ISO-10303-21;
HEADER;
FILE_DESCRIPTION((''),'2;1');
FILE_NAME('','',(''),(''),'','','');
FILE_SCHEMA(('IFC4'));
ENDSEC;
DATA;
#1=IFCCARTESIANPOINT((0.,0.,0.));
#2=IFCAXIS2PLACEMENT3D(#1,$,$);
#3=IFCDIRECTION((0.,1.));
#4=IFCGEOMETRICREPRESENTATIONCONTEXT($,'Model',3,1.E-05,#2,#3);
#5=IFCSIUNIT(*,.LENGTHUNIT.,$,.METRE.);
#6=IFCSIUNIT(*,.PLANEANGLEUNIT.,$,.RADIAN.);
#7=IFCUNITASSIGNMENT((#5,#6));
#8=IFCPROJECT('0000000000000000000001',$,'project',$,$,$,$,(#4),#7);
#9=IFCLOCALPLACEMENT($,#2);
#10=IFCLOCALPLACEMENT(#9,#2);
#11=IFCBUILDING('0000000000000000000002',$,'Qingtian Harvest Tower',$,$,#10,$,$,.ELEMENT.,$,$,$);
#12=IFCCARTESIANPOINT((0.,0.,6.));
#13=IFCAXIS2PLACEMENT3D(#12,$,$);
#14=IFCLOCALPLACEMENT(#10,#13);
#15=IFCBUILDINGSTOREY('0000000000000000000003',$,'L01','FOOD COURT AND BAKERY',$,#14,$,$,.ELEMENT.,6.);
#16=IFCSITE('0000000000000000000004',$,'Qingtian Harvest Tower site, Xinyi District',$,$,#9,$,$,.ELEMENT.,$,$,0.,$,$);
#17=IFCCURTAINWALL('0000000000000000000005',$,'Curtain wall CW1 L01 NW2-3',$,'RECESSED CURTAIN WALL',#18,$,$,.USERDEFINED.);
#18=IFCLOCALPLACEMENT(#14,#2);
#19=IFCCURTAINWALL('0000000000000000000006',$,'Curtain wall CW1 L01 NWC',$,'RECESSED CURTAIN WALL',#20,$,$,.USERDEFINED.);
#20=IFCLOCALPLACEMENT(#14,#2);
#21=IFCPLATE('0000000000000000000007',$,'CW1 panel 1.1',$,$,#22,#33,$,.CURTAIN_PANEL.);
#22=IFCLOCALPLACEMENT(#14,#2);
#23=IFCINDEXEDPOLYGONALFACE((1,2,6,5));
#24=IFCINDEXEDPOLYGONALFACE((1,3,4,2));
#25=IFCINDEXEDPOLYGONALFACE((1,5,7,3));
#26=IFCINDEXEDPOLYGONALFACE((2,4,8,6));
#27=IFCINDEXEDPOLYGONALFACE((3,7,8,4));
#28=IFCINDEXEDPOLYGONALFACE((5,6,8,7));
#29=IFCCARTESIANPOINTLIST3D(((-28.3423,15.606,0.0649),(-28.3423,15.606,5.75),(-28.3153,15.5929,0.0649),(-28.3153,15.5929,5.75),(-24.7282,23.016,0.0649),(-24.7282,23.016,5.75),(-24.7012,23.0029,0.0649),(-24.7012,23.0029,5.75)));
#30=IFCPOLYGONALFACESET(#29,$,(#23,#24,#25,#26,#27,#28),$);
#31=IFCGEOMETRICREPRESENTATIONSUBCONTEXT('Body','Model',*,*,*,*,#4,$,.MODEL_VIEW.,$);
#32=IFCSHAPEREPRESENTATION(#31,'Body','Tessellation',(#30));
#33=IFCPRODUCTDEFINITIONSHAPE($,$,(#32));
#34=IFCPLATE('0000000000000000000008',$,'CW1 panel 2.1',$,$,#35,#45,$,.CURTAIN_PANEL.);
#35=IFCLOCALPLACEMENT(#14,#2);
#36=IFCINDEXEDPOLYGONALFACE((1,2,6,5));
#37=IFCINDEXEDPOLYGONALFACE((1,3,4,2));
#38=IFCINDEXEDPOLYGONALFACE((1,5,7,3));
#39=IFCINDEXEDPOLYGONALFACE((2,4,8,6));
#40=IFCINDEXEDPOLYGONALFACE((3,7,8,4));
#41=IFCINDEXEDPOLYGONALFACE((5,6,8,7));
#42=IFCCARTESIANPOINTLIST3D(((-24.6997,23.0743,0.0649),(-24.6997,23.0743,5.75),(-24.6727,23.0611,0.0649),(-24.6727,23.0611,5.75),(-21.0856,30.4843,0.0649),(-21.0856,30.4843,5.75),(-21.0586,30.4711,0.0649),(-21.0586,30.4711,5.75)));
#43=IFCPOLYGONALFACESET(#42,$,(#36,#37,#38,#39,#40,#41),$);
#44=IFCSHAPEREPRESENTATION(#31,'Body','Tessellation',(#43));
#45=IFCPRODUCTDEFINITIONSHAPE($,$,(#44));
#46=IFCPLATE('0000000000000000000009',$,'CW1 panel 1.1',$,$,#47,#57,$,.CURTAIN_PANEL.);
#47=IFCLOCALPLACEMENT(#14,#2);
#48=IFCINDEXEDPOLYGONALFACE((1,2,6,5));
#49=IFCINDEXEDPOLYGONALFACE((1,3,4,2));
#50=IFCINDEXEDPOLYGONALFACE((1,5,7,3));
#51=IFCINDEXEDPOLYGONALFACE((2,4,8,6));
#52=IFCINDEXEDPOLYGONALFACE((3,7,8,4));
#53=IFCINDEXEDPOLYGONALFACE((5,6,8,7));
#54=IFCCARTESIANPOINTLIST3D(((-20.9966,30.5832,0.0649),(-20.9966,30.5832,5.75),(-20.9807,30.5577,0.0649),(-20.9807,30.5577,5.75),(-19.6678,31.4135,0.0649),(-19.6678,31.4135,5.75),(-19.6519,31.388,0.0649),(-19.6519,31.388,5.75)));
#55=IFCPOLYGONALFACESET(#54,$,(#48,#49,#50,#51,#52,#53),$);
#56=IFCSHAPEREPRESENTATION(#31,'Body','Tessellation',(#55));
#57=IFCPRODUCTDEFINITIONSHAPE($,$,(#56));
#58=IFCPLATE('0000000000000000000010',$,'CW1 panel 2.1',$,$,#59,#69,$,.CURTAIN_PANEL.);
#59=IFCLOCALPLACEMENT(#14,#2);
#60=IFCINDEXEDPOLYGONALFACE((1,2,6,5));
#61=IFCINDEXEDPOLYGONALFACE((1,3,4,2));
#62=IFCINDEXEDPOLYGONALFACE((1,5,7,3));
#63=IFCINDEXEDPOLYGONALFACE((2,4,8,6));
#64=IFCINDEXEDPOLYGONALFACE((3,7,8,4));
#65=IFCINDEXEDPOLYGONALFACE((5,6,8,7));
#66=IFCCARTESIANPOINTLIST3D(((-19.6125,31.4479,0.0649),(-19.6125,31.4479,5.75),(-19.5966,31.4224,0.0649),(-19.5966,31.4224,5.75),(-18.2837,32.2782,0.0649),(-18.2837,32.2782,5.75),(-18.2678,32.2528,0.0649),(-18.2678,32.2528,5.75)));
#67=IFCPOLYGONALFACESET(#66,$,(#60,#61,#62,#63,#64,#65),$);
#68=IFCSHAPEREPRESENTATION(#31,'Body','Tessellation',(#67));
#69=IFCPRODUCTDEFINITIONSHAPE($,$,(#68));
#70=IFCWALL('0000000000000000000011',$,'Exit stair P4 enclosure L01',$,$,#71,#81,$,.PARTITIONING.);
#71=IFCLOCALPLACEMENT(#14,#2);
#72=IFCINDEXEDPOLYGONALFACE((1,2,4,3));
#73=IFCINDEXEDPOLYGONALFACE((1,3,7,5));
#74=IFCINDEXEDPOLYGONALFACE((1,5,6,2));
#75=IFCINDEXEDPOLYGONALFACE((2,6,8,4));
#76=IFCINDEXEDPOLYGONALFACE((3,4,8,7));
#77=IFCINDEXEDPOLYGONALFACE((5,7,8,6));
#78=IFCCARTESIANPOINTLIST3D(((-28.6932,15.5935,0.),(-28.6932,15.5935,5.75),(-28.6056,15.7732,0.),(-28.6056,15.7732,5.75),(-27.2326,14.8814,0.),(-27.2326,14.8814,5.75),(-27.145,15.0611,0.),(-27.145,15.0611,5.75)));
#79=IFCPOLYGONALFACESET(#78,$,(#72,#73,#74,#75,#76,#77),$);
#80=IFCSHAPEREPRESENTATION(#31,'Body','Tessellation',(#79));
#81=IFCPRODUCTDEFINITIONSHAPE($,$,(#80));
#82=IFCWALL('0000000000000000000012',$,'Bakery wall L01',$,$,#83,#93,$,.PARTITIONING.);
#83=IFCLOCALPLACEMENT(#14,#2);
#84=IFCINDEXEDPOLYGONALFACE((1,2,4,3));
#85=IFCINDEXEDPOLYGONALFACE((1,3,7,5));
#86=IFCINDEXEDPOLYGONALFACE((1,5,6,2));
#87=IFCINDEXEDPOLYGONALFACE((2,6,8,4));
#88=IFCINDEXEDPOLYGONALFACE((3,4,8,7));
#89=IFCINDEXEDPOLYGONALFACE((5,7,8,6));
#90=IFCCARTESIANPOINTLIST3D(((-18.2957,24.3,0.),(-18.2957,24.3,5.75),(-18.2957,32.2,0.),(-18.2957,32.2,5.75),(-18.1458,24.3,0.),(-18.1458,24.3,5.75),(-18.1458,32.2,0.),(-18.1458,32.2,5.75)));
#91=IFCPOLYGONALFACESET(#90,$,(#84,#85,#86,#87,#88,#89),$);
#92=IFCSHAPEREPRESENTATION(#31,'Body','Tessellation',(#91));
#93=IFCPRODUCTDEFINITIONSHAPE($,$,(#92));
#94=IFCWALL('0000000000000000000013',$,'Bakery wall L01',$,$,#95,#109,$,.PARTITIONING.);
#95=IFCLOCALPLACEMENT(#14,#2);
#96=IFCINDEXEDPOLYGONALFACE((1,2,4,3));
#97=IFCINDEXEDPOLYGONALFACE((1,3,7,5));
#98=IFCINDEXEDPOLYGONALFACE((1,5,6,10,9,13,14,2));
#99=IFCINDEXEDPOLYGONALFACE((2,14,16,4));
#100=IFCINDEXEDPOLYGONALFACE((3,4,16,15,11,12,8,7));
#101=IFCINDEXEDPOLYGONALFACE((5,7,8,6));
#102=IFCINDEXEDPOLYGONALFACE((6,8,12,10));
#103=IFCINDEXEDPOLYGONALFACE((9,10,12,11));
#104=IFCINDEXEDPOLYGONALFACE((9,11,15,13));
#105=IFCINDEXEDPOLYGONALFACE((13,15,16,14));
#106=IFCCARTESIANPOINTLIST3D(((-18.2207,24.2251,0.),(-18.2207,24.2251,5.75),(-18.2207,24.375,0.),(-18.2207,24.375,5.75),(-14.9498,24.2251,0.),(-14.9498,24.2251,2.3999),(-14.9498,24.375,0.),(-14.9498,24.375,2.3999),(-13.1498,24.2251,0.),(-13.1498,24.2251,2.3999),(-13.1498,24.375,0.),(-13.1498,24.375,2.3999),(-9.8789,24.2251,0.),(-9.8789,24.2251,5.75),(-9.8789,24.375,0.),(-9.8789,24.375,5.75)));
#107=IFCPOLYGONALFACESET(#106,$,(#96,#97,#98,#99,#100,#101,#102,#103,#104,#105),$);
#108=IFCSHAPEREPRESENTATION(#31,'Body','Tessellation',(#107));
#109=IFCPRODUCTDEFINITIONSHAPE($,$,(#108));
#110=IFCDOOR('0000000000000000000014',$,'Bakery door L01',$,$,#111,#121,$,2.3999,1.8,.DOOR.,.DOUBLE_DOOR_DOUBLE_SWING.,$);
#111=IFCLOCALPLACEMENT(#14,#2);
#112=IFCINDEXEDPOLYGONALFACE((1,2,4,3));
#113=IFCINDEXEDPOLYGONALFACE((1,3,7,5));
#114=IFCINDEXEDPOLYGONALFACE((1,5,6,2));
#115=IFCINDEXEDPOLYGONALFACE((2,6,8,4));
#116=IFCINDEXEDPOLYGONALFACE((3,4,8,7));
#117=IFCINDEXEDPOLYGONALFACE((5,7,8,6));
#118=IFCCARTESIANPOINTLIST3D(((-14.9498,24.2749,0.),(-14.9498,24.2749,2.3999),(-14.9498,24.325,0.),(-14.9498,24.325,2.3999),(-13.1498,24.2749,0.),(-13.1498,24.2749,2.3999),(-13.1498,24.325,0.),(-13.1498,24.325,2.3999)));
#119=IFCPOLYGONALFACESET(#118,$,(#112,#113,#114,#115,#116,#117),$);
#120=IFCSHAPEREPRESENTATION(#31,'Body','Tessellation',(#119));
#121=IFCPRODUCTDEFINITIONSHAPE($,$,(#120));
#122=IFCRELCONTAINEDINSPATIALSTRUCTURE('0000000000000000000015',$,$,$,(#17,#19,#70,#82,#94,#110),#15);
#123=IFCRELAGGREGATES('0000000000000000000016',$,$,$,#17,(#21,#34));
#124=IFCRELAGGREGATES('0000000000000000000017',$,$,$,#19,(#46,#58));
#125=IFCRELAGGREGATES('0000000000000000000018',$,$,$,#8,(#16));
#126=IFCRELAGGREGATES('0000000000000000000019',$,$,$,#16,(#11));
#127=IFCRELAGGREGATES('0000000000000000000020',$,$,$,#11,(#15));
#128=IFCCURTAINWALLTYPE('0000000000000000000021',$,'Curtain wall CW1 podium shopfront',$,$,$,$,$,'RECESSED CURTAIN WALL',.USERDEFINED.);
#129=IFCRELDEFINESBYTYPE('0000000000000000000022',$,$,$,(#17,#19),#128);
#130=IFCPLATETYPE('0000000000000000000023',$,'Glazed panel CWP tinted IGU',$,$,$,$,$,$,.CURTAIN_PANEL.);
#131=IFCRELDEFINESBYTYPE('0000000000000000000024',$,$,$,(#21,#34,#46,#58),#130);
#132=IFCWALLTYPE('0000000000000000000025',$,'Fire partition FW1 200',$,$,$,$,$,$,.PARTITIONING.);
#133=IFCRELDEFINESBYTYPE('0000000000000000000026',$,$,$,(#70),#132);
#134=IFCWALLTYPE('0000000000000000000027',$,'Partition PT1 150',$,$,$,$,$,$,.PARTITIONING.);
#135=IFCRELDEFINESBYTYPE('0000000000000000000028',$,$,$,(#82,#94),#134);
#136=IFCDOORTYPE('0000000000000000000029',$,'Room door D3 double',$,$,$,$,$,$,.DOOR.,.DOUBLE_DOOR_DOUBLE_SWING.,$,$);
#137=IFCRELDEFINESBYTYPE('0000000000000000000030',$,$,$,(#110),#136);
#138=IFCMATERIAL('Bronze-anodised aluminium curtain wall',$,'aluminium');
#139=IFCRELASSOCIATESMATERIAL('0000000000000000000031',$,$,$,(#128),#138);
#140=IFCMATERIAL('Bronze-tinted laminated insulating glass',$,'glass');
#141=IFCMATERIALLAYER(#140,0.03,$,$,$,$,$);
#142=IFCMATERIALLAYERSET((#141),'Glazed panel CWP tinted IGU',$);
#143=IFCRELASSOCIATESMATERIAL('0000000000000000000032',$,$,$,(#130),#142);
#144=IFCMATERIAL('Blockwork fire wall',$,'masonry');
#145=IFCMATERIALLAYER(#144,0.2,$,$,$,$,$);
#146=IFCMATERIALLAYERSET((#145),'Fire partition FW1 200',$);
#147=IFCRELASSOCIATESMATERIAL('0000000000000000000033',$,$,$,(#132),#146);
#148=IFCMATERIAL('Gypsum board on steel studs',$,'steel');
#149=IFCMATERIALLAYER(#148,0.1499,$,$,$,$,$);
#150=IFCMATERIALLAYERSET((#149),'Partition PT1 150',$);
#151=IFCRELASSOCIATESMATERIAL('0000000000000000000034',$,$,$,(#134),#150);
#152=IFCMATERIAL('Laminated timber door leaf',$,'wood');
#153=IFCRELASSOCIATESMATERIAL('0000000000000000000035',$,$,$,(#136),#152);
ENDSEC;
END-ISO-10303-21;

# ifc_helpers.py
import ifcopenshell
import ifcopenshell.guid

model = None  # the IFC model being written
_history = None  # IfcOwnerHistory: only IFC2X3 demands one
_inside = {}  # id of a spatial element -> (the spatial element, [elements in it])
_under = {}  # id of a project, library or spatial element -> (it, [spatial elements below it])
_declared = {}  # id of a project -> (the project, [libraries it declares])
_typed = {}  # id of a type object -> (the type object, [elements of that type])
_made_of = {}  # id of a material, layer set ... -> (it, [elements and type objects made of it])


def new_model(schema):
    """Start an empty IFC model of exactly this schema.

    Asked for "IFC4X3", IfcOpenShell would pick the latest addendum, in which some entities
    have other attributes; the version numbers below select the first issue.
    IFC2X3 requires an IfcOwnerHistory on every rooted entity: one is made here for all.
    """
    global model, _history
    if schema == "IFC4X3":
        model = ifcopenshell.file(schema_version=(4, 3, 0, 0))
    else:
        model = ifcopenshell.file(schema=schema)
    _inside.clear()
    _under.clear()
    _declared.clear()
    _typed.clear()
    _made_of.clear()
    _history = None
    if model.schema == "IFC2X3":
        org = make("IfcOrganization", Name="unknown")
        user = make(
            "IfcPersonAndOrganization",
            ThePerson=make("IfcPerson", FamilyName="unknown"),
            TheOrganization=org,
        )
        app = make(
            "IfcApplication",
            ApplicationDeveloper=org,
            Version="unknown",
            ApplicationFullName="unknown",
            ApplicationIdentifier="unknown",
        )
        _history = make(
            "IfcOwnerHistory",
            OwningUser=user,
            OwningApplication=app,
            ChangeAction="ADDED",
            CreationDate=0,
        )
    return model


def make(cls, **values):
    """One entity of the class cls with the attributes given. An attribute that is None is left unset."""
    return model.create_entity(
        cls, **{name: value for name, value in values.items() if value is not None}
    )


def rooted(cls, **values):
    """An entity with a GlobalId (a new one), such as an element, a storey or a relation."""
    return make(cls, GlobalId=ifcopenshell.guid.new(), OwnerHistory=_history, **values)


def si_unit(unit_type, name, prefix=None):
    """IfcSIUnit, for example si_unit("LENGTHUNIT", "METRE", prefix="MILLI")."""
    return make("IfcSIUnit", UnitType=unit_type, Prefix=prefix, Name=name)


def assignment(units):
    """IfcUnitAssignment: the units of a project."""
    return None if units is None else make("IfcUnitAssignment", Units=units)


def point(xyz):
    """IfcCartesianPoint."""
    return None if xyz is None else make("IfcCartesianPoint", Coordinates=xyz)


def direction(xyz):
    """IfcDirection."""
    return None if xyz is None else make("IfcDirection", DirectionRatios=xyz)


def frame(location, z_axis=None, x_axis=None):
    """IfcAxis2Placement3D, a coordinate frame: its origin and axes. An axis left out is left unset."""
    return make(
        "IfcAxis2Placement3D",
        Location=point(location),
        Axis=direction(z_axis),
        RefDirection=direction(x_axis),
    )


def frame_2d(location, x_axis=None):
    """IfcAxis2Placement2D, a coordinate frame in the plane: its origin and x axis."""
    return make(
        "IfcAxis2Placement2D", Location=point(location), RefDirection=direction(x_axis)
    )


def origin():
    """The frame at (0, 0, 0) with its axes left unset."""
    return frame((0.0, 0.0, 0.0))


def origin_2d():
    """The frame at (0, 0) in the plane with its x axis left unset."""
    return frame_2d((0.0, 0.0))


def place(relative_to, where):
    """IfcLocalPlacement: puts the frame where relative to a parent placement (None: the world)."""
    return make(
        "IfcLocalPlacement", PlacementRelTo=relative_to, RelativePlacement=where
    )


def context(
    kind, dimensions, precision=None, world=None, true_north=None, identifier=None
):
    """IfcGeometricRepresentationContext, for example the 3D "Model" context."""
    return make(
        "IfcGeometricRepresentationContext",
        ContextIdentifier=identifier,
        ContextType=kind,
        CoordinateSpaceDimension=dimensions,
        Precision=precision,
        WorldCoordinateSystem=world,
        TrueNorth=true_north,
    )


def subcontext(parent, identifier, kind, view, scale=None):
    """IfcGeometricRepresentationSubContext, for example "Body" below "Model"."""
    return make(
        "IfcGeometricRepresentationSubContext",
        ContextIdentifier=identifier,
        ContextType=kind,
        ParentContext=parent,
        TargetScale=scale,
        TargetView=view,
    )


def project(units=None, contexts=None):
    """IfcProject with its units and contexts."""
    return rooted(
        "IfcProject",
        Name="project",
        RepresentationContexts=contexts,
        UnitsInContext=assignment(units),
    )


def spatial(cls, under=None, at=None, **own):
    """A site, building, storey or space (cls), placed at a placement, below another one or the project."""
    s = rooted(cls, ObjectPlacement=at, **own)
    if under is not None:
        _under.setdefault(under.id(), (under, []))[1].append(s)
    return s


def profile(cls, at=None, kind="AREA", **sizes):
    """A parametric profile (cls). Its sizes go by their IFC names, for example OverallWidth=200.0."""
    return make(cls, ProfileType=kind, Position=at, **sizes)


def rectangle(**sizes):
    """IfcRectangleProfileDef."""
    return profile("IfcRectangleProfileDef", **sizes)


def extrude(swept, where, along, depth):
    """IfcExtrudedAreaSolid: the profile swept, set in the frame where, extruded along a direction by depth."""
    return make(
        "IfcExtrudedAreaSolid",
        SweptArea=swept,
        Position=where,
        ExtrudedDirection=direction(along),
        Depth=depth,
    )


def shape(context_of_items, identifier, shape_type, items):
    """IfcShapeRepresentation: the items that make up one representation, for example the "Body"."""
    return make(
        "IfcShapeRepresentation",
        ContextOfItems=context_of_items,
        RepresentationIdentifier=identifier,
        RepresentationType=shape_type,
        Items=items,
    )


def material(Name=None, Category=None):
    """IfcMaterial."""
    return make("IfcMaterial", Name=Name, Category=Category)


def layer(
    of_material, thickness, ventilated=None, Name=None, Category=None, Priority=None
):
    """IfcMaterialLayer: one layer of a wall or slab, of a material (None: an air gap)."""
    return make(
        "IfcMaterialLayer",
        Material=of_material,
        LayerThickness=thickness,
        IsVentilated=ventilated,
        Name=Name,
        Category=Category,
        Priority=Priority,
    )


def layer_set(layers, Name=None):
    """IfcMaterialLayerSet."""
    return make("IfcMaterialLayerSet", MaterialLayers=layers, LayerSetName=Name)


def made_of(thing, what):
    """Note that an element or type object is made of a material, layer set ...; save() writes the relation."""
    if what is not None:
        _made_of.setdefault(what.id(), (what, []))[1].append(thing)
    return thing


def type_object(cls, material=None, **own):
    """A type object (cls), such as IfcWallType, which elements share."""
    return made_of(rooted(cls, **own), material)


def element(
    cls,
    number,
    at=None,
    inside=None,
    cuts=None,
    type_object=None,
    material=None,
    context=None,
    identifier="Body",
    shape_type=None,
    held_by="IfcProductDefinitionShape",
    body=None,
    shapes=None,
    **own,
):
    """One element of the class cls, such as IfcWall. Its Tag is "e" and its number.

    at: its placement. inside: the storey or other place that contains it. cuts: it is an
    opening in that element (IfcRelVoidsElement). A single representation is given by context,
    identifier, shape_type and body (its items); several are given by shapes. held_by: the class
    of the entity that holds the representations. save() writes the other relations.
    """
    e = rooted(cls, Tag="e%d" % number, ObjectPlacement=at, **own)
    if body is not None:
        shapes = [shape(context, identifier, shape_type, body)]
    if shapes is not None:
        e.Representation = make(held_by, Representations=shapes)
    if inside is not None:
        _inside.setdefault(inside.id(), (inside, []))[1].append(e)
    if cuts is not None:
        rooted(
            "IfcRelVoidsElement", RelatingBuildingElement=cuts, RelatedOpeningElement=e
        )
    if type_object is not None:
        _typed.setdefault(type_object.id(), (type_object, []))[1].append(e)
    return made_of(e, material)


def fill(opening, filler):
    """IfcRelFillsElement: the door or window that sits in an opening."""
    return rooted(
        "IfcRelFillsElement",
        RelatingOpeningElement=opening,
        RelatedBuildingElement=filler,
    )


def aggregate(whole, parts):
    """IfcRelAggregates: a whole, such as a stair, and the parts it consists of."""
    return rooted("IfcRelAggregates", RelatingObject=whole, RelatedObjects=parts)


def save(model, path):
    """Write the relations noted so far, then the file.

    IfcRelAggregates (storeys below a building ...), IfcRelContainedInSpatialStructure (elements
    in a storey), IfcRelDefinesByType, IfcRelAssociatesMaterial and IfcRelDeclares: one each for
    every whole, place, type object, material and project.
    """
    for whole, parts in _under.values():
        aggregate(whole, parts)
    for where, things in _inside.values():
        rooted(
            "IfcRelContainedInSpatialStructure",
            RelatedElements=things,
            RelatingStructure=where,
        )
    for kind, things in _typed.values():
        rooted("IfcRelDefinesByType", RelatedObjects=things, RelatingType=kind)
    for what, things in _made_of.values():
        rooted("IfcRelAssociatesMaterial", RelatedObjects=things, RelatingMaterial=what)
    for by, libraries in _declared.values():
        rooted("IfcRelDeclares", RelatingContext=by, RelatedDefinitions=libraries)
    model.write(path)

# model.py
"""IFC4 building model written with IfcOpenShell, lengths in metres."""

from ifc_helpers import new_model, si_unit, direction, frame, frame_2d, origin, origin_2d, place, context, subcontext, project, spatial, rectangle, extrude, material, layer, layer_set, type_object, element, fill, aggregate, save


model = new_model("IFC4")

# Units and contexts
model_context = context("Model", 3, precision=1e-05, world=origin(), true_north=direction((0.0, 1.0)))
body_context = subcontext(model_context, "Body", "Model", "MODEL_VIEW")
ifc_project = project(units=[si_unit("LENGTHUNIT", "METRE"), si_unit("PLANEANGLEUNIT", "RADIAN")], contexts=[model_context])

# Site, building, storey
site_placement = place(None, origin())
site = spatial("IfcSite", under=ifc_project, at=site_placement, Name="Qingtian Harvest Tower site, Xinyi District", CompositionType="ELEMENT", RefElevation=0.0)
building_placement = place(site_placement, origin())
building = spatial("IfcBuilding", under=site, at=building_placement, Name="Qingtian Harvest Tower", CompositionType="ELEMENT")
storey_placement = place(building_placement, frame((0.0, 0.0, 6.0)))
storey = spatial("IfcBuildingStorey", under=building, at=storey_placement, Name="L01", Description="FOOD COURT AND BAKERY", CompositionType="ELEMENT", Elevation=6.0)

# Curtain walls
ifc_material_1 = material(Name="Bronze-anodised aluminium curtain wall", Category="aluminium")
curtain_wall_type = type_object("IfcCurtainWallType", Name="Curtain wall CW1 podium shopfront", ElementType="RECESSED CURTAIN WALL", PredefinedType="USERDEFINED", material=ifc_material_1)
curtain_wall_1_placement = place(storey_placement, origin())
curtain_wall_1 = element("IfcCurtainWall", 1, at=curtain_wall_1_placement, inside=storey, type_object=curtain_wall_type, Name="Curtain wall CW1 L01 NW2-3", ObjectType="RECESSED CURTAIN WALL", PredefinedType="USERDEFINED")
curtain_wall_2_placement = place(storey_placement, origin())
curtain_wall_2 = element("IfcCurtainWall", 2, at=curtain_wall_2_placement, inside=storey, type_object=curtain_wall_type, Name="Curtain wall CW1 L01 NWC", ObjectType="RECESSED CURTAIN WALL", PredefinedType="USERDEFINED")

# Plates
ifc_material_2 = material(Name="Bronze-tinted laminated insulating glass", Category="glass")
ifc_layer_1 = layer(ifc_material_2, 0.03)
ifc_layer_set_1 = layer_set([ifc_layer_1], Name="Glazed panel CWP tinted IGU")
plate_type = type_object("IfcPlateType", Name="Glazed panel CWP tinted IGU", PredefinedType="CURTAIN_PANEL", material=ifc_layer_set_1)
plate_1_placement = place(storey_placement, frame((-26.5217, 19.3044, 0.0649), z_axis=(0.0, 0.0, 1.0), x_axis=(0.438371, 0.898794, 0.0)))
plate_1 = element("IfcPlate", 3, at=plate_1_placement, type_object=plate_type, Name="CW1 panel 1.1", PredefinedType="CURTAIN_PANEL", context=body_context, shape_type="SweptSolid", body=[
    extrude(rectangle(XDim=8.2444, YDim=0.03, at=origin_2d()), origin(), (0.0, 0.0, 1.0), 5.6851),
])
plate_2_placement = place(storey_placement, frame((-22.8792, 26.7727, 0.0649), z_axis=(0.0, 0.0, 1.0), x_axis=(0.438371, 0.898794, 0.0)))
plate_2 = element("IfcPlate", 4, at=plate_2_placement, type_object=plate_type, Name="CW1 panel 2.1", PredefinedType="CURTAIN_PANEL", context=body_context, shape_type="SweptSolid", body=[
    extrude(rectangle(XDim=8.2444, YDim=0.03, at=origin_2d()), origin(), (0.0, 0.0, 1.0), 5.6851),
])
aggregate(curtain_wall_1, [plate_1, plate_2])
plate_3_placement = place(storey_placement, frame((-20.3242, 30.9856, 0.0649), z_axis=(0.0, 0.0, 1.0), x_axis=(0.848048, 0.529919, 0.0)))
plate_3 = element("IfcPlate", 5, at=plate_3_placement, type_object=plate_type, Name="CW1 panel 1.1", PredefinedType="CURTAIN_PANEL", context=body_context, shape_type="SweptSolid", body=[
    extrude(rectangle(XDim=1.5669, YDim=0.03, at=origin_2d()), origin(), (0.0, 0.0, 1.0), 5.6851),
])
plate_4_placement = place(storey_placement, frame((-18.9402, 31.8503, 0.0649), z_axis=(0.0, 0.0, 1.0), x_axis=(0.848048, 0.529919, 0.0)))
plate_4 = element("IfcPlate", 6, at=plate_4_placement, type_object=plate_type, Name="CW1 panel 2.1", PredefinedType="CURTAIN_PANEL", context=body_context, shape_type="SweptSolid", body=[
    extrude(rectangle(XDim=1.5669, YDim=0.03, at=origin_2d()), origin(), (0.0, 0.0, 1.0), 5.6851),
])
aggregate(curtain_wall_2, [plate_3, plate_4])

# Walls
ifc_material_3 = material(Name="Blockwork fire wall", Category="masonry")
ifc_layer_2 = layer(ifc_material_3, 0.2)
ifc_layer_set_2 = layer_set([ifc_layer_2], Name="Fire partition FW1 200")
wall_type_1 = type_object("IfcWallType", Name="Fire partition FW1 200", PredefinedType="PARTITIONING", material=ifc_layer_set_2)
wall_1_placement = place(storey_placement, frame((-28.6494, 15.6833, 0.0), z_axis=(0.0, 0.0, 1.0), x_axis=(0.898859, -0.438237, 0.0)))
element("IfcWall", 7, at=wall_1_placement, inside=storey, type_object=wall_type_1, Name="Exit stair P4 enclosure L01", PredefinedType="PARTITIONING", context=body_context, shape_type="SweptSolid", body=[
    extrude(rectangle(XDim=1.625, YDim=0.2, at=frame_2d((0.8125, 0.0))), origin(), (0.0, 0.0, 1.0), 5.75),
])
ifc_material_4 = material(Name="Gypsum board on steel studs", Category="steel")
ifc_layer_3 = layer(ifc_material_4, 0.1499)
ifc_layer_set_3 = layer_set([ifc_layer_3], Name="Partition PT1 150")
wall_type_2 = type_object("IfcWallType", Name="Partition PT1 150", PredefinedType="PARTITIONING", material=ifc_layer_set_3)
wall_2_placement = place(storey_placement, frame((-18.2207, 32.2, 0.0), z_axis=(0.0, 0.0, 1.0), x_axis=(0.0, -1.0, 0.0)))
element("IfcWall", 8, at=wall_2_placement, inside=storey, type_object=wall_type_2, Name="Bakery wall L01", PredefinedType="PARTITIONING", context=body_context, shape_type="SweptSolid", body=[
    extrude(rectangle(XDim=7.8999, YDim=0.1499, at=frame_2d((3.95, 0.0))), origin(), (0.0, 0.0, 1.0), 5.75),
])

# Wall, opening, door
wall_3_placement = place(storey_placement, frame((-18.2207, 24.3, 0.0), z_axis=(0.0, 0.0, 1.0), x_axis=(1.0, 0.0, 0.0)))
wall_3 = element("IfcWall", 9, at=wall_3_placement, inside=storey, type_object=wall_type_2, Name="Bakery wall L01", PredefinedType="PARTITIONING", context=body_context, shape_type="SweptSolid", body=[
    extrude(rectangle(XDim=8.3418, YDim=0.1499, at=frame_2d((4.1709, 0.0))), origin(), (0.0, 0.0, 1.0), 5.75),
])
opening_placement = place(wall_3_placement, frame((3.271, 0.0, 0.0)))
opening = element("IfcOpeningElement", 10, at=opening_placement, cuts=wall_3, PredefinedType="OPENING", context=body_context, shape_type="SweptSolid", body=[
    extrude(rectangle(XDim=1.8, YDim=2.3999, at=frame_2d((0.8999, 1.2))), frame((0.0, 0.085, 0.0), z_axis=(0.0, -1.0, 0.0), x_axis=(1.0, 0.0, 0.0)), (0.0, 0.0, 1.0), 0.1699),
])
ifc_material_5 = material(Name="Laminated timber door leaf", Category="wood")
door_type = type_object("IfcDoorType", Name="Room door D3 double", OperationType="DOUBLE_DOOR_DOUBLE_SWING", PredefinedType="DOOR", material=ifc_material_5)
door_placement = place(opening_placement, origin())
door = element("IfcDoor", 11, at=door_placement, inside=storey, type_object=door_type, Name="Bakery door L01", OperationType="DOUBLE_DOOR_DOUBLE_SWING", OverallHeight=2.3999, OverallWidth=1.8, PredefinedType="DOOR", context=body_context, shape_type="SweptSolid", body=[
    extrude(rectangle(XDim=1.8, YDim=2.3999, at=frame_2d((0.8999, 1.2))), frame((0.0, 0.0249, 0.0), z_axis=(0.0, -1.0, 0.0), x_axis=(1.0, 0.0, 0.0)), (0.0, 0.0, 1.0), 0.05),
])
fill(opening, door)

save(model, "model.ifc")
